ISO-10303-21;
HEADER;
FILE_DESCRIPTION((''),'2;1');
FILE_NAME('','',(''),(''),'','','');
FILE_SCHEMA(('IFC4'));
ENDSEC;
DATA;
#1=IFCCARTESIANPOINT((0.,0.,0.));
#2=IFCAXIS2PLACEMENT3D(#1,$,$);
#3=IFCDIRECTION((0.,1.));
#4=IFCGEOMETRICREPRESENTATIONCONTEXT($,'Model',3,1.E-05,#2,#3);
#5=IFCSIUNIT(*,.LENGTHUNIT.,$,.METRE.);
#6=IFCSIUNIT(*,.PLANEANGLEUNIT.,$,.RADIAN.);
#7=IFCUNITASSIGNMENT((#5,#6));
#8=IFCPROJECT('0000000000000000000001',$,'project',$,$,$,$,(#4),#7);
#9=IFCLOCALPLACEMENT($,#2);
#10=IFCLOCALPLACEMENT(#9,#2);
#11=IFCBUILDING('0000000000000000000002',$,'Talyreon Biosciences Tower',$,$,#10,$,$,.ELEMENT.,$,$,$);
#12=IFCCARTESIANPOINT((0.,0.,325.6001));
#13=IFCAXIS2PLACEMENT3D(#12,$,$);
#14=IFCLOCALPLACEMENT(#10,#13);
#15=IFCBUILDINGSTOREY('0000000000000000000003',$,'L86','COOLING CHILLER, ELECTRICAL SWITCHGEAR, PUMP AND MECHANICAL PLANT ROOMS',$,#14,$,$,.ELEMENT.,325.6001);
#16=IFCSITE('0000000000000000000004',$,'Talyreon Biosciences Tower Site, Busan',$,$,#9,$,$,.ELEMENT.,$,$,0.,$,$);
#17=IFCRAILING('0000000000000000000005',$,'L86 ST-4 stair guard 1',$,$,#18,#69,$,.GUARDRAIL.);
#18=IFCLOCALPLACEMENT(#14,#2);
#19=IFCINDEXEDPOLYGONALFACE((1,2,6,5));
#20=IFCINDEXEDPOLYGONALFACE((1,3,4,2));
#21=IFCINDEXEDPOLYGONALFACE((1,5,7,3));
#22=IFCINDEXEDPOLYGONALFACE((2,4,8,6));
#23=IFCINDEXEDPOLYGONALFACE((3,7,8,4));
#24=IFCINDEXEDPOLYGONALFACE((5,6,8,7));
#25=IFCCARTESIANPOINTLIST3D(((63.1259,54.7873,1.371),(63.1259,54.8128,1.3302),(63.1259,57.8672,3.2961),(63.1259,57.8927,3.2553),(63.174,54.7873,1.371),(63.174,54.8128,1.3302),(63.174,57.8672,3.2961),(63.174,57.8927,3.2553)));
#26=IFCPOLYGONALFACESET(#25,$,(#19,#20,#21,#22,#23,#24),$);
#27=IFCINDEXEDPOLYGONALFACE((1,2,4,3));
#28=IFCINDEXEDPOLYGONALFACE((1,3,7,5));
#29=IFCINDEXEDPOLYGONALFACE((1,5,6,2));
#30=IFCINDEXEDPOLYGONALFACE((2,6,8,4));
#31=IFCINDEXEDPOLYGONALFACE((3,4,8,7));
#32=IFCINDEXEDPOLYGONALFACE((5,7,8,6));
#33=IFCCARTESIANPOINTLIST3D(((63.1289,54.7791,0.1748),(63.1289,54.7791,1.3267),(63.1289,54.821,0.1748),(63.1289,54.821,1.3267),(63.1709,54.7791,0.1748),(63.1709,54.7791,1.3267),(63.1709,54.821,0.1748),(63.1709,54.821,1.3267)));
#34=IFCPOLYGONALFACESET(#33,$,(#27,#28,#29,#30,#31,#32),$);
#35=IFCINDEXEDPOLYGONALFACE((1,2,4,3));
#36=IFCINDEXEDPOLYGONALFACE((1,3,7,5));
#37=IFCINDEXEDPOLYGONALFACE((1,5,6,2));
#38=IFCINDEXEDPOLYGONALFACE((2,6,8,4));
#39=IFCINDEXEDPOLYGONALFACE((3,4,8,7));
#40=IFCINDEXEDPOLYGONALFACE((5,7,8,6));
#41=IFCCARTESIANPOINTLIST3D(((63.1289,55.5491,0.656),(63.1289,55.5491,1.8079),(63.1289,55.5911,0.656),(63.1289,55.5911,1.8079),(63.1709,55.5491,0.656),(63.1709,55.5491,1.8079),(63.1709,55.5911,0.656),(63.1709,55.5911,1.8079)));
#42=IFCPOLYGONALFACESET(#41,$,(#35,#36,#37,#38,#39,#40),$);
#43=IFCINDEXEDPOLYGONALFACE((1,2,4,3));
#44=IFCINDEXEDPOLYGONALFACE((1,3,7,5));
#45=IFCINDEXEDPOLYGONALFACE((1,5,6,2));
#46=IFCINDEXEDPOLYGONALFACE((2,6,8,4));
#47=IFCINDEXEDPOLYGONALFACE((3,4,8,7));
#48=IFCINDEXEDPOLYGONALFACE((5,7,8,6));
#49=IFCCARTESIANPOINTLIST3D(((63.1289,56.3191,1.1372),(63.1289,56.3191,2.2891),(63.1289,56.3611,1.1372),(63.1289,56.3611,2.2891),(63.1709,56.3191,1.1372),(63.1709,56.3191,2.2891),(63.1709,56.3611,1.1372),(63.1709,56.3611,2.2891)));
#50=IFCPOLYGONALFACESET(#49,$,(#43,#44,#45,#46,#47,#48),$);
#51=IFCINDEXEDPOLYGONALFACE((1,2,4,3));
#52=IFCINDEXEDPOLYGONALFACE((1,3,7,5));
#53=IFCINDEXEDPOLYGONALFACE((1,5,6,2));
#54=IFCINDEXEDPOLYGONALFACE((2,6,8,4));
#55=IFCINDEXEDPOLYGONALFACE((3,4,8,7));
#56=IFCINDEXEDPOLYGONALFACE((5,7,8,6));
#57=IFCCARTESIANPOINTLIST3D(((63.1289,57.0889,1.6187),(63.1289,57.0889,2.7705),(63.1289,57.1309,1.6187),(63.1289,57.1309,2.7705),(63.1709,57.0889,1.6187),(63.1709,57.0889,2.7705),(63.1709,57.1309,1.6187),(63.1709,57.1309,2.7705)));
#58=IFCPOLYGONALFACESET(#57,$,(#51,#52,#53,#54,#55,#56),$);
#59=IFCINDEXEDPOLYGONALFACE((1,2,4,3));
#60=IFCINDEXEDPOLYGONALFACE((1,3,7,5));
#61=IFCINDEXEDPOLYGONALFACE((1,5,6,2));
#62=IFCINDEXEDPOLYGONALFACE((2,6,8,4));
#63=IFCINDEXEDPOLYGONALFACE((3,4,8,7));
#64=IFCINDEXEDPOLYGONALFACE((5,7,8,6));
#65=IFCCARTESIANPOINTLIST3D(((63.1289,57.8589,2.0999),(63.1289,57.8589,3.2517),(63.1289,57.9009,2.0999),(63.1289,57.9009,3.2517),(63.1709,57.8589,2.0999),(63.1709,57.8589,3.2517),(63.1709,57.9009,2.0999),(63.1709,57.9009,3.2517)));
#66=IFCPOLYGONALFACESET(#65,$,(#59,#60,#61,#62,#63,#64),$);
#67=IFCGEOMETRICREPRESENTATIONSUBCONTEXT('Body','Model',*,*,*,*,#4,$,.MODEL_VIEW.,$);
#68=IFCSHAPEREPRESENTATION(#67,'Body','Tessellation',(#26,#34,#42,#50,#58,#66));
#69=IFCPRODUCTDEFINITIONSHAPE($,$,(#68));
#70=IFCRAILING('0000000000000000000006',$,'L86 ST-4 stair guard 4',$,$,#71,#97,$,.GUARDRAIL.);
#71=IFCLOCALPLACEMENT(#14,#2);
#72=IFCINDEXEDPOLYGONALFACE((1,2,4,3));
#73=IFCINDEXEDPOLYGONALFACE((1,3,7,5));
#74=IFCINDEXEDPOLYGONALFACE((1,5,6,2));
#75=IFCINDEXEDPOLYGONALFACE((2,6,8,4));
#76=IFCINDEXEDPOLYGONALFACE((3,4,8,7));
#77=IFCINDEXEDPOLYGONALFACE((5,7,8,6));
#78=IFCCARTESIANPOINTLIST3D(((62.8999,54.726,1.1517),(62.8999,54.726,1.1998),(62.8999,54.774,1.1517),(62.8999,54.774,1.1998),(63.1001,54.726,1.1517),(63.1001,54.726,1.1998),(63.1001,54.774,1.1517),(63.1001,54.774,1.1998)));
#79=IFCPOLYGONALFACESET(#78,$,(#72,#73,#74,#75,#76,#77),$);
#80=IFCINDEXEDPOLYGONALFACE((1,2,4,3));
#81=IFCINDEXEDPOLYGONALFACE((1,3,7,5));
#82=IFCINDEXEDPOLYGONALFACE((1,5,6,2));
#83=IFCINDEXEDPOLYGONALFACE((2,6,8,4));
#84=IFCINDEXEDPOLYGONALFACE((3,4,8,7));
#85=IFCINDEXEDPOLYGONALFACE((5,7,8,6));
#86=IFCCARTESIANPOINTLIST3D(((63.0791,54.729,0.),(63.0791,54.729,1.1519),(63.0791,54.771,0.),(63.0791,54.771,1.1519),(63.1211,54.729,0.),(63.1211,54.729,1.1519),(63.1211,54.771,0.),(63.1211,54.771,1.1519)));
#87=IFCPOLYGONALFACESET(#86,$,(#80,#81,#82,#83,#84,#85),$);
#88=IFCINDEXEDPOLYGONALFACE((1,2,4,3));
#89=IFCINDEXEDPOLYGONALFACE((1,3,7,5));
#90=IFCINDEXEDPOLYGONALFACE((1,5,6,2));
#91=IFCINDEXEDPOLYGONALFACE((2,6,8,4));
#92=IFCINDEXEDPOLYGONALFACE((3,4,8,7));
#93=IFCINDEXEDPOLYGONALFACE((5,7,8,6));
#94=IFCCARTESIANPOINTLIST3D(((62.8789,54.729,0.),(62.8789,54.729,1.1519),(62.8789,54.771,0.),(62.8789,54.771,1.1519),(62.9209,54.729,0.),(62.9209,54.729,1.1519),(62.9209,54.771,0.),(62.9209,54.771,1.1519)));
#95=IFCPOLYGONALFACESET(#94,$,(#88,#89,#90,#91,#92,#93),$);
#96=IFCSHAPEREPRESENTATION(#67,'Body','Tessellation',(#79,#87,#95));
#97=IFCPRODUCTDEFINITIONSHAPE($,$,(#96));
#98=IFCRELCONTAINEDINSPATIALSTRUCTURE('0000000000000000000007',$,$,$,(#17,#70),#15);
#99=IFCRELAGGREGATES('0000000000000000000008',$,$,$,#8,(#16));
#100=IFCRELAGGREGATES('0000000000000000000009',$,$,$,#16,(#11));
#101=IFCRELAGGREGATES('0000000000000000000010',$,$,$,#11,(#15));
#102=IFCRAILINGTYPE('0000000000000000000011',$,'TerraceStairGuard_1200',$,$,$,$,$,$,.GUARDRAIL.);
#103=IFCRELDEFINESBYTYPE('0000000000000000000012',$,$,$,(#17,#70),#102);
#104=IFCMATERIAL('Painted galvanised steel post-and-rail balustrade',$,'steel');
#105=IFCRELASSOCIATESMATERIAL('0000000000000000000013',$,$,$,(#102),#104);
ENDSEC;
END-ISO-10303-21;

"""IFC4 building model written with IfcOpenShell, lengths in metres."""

from ifc_helpers import new_model, si_unit, direction, frame, origin, origin_2d, place, context, subcontext, project, spatial, rectangle, extrude, material, type_object, element, save


model = new_model("IFC4")

# Units and contexts
model_context = context("Model", 3, precision=1e-05, world=origin(), true_north=direction((0.0, 1.0)))
body_context = subcontext(model_context, "Body", "Model", "MODEL_VIEW")
ifc_project = project(units=[si_unit("LENGTHUNIT", "METRE"), si_unit("PLANEANGLEUNIT", "RADIAN")], contexts=[model_context])

# Site, building, storey
site_placement = place(None, origin())
site = spatial("IfcSite", under=ifc_project, at=site_placement, Name="Talyreon Biosciences Tower Site, Busan", CompositionType="ELEMENT", RefElevation=0.0)
building_placement = place(site_placement, origin())
building = spatial("IfcBuilding", under=site, at=building_placement, Name="Talyreon Biosciences Tower", CompositionType="ELEMENT")
storey_placement = place(building_placement, frame((0.0, 0.0, 325.6001)))
storey = spatial("IfcBuildingStorey", under=building, at=storey_placement, Name="L86", Description="COOLING CHILLER, ELECTRICAL SWITCHGEAR, PUMP AND MECHANICAL PLANT ROOMS", CompositionType="ELEMENT", Elevation=325.6001)

# Railings
ifc_material_1 = material(Name="Painted galvanised steel post-and-rail balustrade", Category="steel")
railing_type_1 = type_object("IfcRailingType", Name="TerraceStairGuard_1200", PredefinedType="GUARDRAIL", material=ifc_material_1)
railing_1_placement = place(storey_placement, frame((63.1499, 54.8, 0.1748)))
element("IfcRailing", 1, at=railing_1_placement, inside=storey, type_object=railing_type_1, Name="L86 ST-4 stair guard 1", PredefinedType="GUARDRAIL", context=body_context, shape_type="SweptSolid", body=[
    extrude(rectangle(XDim=0.0481, YDim=0.0481, at=origin_2d()), frame((0.0, 0.0, 1.1758), z_axis=(0.0, 0.847979, 0.530029), x_axis=(-1.0, 0.0, 0.0)), (0.0, 0.0, 1.0), 3.6321),
    extrude(rectangle(XDim=0.042, YDim=0.042, at=origin_2d()), origin(), (0.0, 0.0, 1.0), 1.1519),
    extrude(rectangle(XDim=0.042, YDim=0.042, at=origin_2d()), frame((0.0, 0.77, 0.4812)), (0.0, 0.0, 1.0), 1.1519),
    extrude(rectangle(XDim=0.042, YDim=0.042, at=origin_2d()), frame((0.0, 1.54, 0.9624)), (0.0, 0.0, 1.0), 1.1519),
    extrude(rectangle(XDim=0.042, YDim=0.042, at=origin_2d()), frame((0.0, 2.3098, 1.4438)), (0.0, 0.0, 1.0), 1.1519),
    extrude(rectangle(XDim=0.042, YDim=0.042, at=origin_2d()), frame((0.0, 3.0798, 1.925)), (0.0, 0.0, 1.0), 1.1519),
])
railing_2_placement = place(storey_placement, frame((63.1001, 54.75, 0.0)))
element("IfcRailing", 2, at=railing_2_placement, inside=storey, type_object=railing_type_1, Name="L86 ST-4 stair guard 4", PredefinedType="GUARDRAIL", context=body_context, shape_type="SweptSolid", body=[
    extrude(rectangle(XDim=0.0481, YDim=0.0481, at=origin_2d()), frame((0.0, 0.0, 1.1758), z_axis=(-1.0, 0.0, 0.0), x_axis=(0.0, -1.0, 0.0)), (0.0, 0.0, 1.0), 0.2002),
    extrude(rectangle(XDim=0.042, YDim=0.042, at=origin_2d()), origin(), (0.0, 0.0, 1.0), 1.1519),
    extrude(rectangle(XDim=0.042, YDim=0.042, at=origin_2d()), frame((-0.2002, 0.0, 0.0)), (0.0, 0.0, 1.0), 1.1519),
])

save(model, "model.ifc")
